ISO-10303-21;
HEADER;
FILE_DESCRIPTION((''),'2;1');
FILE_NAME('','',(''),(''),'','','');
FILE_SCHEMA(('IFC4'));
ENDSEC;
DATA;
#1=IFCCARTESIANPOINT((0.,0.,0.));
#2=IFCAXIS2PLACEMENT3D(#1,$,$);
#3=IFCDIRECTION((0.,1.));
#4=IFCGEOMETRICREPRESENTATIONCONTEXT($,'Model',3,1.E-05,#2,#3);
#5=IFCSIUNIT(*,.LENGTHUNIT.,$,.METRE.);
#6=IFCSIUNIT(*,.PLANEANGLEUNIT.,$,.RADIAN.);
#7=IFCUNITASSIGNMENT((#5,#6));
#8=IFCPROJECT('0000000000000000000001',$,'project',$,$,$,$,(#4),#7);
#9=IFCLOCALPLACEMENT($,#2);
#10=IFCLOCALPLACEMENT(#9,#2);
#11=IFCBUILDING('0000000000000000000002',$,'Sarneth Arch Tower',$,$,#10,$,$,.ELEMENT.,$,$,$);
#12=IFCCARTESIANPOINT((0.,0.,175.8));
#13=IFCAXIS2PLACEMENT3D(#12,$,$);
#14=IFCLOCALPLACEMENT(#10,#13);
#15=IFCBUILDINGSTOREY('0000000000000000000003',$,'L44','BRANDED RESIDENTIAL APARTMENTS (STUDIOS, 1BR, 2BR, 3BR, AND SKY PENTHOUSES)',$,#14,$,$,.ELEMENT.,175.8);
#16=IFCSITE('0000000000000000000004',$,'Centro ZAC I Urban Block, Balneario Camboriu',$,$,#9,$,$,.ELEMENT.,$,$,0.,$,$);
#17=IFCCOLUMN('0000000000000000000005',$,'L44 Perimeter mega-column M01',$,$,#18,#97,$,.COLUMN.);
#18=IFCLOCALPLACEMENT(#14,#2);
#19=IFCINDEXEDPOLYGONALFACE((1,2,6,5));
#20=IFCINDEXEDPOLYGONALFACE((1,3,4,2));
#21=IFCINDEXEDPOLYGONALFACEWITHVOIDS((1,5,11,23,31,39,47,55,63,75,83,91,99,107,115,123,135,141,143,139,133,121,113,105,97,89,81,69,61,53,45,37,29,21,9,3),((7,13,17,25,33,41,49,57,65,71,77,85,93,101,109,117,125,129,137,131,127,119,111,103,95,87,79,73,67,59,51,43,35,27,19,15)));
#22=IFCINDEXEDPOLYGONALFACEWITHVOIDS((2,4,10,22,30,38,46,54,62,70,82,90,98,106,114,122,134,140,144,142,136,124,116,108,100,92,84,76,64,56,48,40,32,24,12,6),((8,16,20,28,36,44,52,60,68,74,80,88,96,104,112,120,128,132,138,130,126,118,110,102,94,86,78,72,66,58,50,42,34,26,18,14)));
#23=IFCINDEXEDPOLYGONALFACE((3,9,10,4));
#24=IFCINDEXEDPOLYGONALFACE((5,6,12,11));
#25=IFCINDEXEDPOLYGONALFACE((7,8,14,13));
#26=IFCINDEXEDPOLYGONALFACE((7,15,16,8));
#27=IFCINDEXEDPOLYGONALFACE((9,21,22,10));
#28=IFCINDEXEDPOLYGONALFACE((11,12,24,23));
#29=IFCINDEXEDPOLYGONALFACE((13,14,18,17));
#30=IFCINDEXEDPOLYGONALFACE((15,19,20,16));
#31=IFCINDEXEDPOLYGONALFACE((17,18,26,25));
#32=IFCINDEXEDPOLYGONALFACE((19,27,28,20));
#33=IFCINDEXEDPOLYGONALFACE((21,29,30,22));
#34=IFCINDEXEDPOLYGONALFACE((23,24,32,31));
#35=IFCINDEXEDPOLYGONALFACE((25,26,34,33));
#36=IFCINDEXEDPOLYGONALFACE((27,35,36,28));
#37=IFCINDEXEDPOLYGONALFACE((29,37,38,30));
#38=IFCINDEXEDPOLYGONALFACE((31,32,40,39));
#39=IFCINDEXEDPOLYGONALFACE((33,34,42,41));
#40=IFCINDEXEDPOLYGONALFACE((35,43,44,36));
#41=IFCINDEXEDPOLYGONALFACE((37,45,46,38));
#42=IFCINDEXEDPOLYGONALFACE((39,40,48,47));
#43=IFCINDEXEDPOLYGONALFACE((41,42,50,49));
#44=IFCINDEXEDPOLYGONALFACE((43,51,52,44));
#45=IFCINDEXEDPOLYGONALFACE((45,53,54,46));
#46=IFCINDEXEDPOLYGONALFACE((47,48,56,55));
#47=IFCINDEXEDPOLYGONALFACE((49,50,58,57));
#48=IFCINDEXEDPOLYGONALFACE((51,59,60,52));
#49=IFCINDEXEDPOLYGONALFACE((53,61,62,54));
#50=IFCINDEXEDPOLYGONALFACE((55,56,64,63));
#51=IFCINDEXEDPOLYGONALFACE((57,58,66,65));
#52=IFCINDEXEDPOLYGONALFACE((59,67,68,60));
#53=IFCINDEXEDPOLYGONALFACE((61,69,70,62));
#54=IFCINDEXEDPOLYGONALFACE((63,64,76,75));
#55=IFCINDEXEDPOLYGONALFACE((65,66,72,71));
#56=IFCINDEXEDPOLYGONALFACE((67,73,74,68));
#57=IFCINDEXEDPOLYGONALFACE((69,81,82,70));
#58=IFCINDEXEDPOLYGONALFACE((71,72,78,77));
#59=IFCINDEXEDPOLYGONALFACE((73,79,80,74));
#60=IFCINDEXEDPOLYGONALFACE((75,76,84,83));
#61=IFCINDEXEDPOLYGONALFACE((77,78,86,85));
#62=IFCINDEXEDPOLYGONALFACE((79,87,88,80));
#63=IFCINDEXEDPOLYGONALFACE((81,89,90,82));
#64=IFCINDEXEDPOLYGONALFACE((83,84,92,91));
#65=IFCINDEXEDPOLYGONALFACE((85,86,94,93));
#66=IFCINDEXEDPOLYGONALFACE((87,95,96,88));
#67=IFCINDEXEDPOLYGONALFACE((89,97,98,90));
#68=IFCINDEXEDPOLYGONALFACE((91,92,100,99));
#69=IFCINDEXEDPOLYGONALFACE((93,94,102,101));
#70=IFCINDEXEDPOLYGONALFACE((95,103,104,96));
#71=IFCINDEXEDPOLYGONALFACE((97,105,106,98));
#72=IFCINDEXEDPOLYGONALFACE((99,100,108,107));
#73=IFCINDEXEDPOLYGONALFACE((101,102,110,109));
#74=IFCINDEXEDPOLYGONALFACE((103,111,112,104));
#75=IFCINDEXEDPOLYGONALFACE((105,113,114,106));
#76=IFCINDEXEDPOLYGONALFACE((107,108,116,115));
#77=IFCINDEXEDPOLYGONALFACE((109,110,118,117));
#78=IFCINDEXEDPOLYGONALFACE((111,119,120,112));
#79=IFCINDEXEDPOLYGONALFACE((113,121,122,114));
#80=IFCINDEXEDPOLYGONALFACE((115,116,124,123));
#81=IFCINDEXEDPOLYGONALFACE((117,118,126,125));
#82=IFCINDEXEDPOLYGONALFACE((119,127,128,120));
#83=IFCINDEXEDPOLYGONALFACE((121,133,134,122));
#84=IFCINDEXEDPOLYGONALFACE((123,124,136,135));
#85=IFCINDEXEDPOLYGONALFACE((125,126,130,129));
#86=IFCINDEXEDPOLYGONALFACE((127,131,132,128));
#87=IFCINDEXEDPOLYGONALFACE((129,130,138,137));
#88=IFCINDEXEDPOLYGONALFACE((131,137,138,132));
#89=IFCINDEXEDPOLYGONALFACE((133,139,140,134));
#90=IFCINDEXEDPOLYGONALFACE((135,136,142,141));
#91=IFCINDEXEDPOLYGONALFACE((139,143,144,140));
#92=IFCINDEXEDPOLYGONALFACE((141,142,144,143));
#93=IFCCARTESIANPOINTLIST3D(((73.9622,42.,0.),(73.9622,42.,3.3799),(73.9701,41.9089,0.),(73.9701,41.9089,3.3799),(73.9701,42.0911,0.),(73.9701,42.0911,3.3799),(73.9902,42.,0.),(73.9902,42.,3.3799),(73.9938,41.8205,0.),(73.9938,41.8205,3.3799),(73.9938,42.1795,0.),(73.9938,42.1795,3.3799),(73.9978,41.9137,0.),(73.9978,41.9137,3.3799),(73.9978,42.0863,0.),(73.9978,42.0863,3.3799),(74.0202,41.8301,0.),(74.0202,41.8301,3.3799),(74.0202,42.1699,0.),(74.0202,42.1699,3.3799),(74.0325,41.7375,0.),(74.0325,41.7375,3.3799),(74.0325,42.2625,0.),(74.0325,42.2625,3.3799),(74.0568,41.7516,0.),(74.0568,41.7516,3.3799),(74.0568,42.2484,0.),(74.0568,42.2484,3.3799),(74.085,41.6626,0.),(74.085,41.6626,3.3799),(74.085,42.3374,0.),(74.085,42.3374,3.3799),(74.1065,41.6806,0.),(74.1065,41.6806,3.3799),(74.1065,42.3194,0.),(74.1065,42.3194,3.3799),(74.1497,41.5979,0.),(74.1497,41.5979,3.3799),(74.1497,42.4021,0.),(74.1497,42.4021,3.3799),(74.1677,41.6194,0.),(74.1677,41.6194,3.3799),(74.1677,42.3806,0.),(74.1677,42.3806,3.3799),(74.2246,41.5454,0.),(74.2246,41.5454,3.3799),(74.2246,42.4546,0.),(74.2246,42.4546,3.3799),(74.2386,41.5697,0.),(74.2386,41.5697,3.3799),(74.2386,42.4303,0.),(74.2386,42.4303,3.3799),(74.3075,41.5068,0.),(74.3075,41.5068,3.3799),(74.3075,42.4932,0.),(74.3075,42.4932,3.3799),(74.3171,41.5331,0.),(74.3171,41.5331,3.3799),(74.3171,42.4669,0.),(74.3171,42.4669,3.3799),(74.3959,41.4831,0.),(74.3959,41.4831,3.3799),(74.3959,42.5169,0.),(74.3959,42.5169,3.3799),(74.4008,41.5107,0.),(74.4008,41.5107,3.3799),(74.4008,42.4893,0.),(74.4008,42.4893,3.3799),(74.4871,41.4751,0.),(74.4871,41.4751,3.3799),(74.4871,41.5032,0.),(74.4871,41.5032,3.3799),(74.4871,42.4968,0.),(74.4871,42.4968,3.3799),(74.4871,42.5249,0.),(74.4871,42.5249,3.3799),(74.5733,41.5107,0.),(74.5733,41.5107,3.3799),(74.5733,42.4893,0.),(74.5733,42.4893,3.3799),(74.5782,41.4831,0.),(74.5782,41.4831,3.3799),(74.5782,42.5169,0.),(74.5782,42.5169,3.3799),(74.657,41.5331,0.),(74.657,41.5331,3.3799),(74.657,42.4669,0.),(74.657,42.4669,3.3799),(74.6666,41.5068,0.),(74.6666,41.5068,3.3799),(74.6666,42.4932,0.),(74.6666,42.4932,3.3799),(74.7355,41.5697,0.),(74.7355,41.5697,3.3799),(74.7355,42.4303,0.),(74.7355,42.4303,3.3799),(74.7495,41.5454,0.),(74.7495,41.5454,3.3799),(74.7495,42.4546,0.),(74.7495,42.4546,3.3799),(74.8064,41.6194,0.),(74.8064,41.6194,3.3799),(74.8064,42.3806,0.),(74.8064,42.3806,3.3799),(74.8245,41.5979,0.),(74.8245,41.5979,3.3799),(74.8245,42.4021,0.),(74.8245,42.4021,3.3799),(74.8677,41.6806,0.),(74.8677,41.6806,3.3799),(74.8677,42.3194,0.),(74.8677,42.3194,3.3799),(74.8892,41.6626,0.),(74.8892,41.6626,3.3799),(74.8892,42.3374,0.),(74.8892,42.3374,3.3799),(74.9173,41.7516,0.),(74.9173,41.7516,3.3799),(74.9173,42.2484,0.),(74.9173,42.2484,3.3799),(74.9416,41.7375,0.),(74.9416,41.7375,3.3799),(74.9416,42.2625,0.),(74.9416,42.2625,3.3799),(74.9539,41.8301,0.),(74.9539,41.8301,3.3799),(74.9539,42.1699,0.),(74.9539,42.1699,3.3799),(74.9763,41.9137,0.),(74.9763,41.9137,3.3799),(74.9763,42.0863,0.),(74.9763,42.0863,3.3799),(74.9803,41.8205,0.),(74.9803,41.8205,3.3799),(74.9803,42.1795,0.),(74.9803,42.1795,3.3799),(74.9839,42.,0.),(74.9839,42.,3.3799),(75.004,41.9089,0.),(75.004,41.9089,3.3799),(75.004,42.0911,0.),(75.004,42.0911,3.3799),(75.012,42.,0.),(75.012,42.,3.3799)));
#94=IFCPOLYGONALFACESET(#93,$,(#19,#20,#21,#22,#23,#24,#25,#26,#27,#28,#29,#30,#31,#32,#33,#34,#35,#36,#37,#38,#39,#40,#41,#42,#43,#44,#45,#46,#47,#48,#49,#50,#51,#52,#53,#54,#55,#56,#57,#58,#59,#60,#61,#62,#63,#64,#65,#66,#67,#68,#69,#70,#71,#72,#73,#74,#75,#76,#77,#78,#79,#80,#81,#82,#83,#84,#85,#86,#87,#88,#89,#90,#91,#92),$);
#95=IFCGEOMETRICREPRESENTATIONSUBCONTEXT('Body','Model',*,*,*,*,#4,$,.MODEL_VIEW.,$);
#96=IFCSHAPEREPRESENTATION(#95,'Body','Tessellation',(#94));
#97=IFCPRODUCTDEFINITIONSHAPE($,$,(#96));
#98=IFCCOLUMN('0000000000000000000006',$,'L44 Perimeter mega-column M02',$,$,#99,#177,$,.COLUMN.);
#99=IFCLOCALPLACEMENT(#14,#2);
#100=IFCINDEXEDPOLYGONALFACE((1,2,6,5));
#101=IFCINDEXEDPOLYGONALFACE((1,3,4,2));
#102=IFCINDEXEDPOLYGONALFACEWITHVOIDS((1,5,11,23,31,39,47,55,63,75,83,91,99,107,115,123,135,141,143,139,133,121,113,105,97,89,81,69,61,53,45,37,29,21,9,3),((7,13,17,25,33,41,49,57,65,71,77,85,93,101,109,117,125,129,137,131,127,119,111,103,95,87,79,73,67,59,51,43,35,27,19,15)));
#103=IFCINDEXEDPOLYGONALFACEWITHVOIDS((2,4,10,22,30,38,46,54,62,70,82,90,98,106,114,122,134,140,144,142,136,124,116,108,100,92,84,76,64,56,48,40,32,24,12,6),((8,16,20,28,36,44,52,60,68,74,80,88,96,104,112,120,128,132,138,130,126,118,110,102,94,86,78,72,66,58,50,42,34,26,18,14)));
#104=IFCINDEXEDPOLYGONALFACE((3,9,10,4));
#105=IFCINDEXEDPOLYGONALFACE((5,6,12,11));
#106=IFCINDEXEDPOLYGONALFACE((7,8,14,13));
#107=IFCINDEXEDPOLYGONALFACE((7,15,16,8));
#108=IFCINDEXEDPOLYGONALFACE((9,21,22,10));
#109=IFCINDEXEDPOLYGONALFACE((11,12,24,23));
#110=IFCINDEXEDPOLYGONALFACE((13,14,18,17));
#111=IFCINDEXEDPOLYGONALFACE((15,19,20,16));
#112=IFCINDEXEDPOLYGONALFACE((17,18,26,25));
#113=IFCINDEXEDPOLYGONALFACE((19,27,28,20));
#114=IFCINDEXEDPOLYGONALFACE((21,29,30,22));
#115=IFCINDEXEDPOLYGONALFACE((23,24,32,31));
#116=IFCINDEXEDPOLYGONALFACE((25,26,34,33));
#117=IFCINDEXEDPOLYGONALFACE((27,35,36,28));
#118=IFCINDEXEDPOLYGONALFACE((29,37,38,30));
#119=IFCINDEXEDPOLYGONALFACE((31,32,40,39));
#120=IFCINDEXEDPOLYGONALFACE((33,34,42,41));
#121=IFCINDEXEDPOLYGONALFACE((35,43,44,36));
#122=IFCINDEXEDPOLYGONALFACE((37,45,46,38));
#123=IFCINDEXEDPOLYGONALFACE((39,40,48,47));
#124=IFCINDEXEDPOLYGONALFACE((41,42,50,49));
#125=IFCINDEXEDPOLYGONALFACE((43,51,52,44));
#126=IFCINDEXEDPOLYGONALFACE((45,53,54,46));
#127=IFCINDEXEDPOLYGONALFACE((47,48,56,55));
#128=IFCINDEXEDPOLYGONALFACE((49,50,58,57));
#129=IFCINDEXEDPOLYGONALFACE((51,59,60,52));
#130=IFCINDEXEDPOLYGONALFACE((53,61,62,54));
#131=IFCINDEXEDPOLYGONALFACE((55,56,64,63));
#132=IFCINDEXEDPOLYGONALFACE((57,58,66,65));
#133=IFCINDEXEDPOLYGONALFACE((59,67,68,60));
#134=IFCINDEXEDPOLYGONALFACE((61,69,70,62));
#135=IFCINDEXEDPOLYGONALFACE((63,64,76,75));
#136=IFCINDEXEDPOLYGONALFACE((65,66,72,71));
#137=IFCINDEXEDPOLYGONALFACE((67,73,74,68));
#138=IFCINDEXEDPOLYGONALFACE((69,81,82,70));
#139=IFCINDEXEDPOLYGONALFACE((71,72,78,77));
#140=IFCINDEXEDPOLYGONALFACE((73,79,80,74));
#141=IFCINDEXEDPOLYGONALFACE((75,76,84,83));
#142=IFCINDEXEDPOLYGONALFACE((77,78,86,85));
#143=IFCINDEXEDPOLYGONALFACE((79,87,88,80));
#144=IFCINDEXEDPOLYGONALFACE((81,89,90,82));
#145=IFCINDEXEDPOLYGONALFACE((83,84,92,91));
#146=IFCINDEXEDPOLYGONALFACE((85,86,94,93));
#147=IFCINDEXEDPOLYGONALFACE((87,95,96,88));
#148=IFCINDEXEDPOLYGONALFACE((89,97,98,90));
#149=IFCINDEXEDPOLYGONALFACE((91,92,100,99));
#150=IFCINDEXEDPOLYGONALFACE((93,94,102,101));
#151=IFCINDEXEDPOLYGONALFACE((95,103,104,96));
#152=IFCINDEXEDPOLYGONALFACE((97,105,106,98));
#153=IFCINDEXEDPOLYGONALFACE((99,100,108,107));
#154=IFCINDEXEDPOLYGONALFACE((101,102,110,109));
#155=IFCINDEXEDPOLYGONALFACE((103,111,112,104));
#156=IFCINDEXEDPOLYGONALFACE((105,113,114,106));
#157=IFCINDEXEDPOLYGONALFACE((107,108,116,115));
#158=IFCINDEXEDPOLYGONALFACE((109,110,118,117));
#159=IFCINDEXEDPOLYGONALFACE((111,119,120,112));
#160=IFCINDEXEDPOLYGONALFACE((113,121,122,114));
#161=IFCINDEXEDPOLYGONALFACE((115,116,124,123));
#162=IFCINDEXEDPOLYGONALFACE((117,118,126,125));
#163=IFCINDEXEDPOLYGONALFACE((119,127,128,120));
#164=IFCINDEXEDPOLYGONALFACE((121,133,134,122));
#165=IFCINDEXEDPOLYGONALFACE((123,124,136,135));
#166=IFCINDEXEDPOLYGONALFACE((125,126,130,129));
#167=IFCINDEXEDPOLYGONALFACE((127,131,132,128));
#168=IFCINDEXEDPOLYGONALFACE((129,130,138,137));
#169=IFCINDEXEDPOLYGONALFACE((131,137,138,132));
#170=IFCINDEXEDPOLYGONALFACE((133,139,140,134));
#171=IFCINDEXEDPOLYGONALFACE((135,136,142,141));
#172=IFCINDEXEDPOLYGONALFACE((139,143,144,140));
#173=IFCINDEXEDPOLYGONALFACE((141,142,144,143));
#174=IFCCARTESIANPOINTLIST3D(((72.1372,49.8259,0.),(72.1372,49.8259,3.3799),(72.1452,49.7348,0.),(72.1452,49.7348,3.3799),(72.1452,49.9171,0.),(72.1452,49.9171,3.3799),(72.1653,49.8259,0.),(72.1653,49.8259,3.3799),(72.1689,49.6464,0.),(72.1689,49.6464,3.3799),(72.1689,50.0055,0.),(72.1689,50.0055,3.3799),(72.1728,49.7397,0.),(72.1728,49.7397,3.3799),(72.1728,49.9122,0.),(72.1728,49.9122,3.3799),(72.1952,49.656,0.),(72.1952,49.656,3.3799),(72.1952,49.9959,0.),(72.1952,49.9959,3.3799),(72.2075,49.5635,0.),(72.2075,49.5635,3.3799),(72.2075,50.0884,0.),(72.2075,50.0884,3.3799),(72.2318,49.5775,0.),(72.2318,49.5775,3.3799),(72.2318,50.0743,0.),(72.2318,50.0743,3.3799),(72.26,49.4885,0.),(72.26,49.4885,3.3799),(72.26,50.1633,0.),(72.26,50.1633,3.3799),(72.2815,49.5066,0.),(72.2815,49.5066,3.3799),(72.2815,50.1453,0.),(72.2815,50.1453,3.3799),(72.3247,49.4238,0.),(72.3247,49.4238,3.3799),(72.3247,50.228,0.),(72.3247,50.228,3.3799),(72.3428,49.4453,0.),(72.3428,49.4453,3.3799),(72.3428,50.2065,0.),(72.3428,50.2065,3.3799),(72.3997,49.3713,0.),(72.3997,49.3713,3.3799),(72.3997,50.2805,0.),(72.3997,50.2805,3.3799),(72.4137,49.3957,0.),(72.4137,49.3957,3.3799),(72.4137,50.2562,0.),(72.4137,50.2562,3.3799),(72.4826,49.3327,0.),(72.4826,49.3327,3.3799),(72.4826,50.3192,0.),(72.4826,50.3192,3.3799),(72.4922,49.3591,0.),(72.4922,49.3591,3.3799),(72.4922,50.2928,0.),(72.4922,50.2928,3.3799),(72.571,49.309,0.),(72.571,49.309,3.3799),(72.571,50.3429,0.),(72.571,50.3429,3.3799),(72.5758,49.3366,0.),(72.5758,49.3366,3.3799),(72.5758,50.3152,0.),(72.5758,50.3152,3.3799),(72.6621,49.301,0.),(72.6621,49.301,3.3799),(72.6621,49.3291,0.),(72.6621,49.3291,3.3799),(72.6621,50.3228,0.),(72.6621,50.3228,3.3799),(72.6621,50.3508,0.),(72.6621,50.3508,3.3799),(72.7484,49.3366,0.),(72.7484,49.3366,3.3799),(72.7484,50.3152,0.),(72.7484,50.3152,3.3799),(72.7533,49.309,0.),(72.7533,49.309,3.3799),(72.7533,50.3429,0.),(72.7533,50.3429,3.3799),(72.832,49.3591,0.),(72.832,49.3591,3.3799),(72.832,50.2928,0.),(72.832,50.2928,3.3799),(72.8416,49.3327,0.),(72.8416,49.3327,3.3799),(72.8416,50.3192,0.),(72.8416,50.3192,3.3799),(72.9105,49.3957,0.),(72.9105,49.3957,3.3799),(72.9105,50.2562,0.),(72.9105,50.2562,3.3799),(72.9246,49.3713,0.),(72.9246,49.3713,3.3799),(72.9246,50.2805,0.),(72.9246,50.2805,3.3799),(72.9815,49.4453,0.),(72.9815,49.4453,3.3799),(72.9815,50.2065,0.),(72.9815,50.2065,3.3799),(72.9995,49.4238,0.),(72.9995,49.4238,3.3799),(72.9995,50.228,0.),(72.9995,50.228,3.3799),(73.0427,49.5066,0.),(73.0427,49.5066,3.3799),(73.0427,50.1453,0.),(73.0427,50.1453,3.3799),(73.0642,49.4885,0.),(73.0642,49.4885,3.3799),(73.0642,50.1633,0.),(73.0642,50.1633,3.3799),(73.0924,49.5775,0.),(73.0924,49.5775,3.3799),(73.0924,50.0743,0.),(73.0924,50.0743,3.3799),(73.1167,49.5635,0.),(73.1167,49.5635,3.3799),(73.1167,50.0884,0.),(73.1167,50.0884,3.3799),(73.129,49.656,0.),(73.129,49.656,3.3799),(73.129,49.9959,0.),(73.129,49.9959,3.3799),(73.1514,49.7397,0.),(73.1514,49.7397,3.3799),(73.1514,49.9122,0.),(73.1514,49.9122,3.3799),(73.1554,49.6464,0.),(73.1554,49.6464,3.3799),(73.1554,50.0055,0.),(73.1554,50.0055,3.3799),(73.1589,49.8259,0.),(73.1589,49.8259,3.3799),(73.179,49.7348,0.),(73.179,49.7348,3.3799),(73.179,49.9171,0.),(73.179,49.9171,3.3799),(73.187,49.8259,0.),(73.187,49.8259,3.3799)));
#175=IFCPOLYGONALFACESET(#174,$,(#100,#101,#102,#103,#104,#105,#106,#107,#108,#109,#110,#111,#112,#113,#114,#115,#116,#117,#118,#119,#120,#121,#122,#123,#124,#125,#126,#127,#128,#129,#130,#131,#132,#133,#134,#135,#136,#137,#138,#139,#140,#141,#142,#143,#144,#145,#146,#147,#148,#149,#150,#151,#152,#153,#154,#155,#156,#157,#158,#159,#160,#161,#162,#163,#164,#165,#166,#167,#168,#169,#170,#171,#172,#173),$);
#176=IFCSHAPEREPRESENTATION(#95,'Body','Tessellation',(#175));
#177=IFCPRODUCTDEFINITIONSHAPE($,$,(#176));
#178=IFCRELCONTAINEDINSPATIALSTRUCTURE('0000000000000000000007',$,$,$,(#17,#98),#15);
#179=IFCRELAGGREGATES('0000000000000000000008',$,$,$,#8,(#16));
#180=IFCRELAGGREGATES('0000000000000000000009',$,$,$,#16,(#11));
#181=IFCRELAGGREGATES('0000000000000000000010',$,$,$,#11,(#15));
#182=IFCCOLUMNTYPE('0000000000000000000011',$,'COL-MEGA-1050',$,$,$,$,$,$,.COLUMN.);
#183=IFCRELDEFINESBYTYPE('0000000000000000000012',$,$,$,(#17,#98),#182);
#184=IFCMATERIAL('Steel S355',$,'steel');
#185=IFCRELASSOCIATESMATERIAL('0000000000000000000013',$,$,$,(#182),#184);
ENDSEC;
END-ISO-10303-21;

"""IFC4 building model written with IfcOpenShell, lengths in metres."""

from ifc_helpers import new_model, si_unit, direction, frame, origin, origin_2d, place, context, subcontext, project, spatial, hollow_circle, extrude, material, material_profile, profile_set, type_object, element, save


model = new_model("IFC4")

# Units and contexts
model_context = context("Model", 3, precision=1e-05, world=origin(), true_north=direction((0.0, 1.0)))
body_context = subcontext(model_context, "Body", "Model", "MODEL_VIEW")
ifc_project = project(units=[si_unit("LENGTHUNIT", "METRE"), si_unit("PLANEANGLEUNIT", "RADIAN")], contexts=[model_context])

# Site, building, storey
site_placement = place(None, origin())
site = spatial("IfcSite", under=ifc_project, at=site_placement, Name="Centro ZAC I Urban Block, Balneario Camboriu", CompositionType="ELEMENT", RefElevation=0.0)
building_placement = place(site_placement, origin())
building = spatial("IfcBuilding", under=site, at=building_placement, Name="Sarneth Arch Tower", CompositionType="ELEMENT")
storey_placement = place(building_placement, frame((0.0, 0.0, 175.8)))
storey = spatial("IfcBuildingStorey", under=building, at=storey_placement, Name="L44", Description="BRANDED RESIDENTIAL APARTMENTS (STUDIOS, 1BR, 2BR, 3BR, AND SKY PENTHOUSES)", CompositionType="ELEMENT", Elevation=175.8)

# Columns
ifc_material_1 = material(Name="Steel S355", Category="steel")
ifc_material_profile_1 = material_profile(ifc_material_1, hollow_circle(Radius=0.5249, WallThickness=0.0281, at=origin_2d()), Name="CHS1050x28")
ifc_profile_set_1 = profile_set([ifc_material_profile_1], Name="Steel S355")
column_type = type_object("IfcColumnType", Name="COL-MEGA-1050", PredefinedType="COLUMN", material=ifc_profile_set_1)
for number, where, z_axis, x_axis, name in (
    (1, (74.4871, 42.0, 0.0), (0.0, 0.0, 1.0), (1.0, 0.0, 0.0), "L44 Perimeter mega-column M01"),
    (2, (72.6621, 49.8259, 0.0), (0.0, 0.0, 1.0), (1.0, 0.0, 0.0), "L44 Perimeter mega-column M02"),
):
    element("IfcColumn", number, at=place(storey_placement, frame(where, z_axis=z_axis, x_axis=x_axis)), inside=storey, type_object=column_type, Name=name, PredefinedType="COLUMN", context=body_context, shape_type="SweptSolid", body=[
        extrude(hollow_circle(Radius=0.5249, WallThickness=0.0281, at=origin_2d()), origin(), (0.0, 0.0, 1.0), 3.3799),
    ])

save(model, "model.ifc")
